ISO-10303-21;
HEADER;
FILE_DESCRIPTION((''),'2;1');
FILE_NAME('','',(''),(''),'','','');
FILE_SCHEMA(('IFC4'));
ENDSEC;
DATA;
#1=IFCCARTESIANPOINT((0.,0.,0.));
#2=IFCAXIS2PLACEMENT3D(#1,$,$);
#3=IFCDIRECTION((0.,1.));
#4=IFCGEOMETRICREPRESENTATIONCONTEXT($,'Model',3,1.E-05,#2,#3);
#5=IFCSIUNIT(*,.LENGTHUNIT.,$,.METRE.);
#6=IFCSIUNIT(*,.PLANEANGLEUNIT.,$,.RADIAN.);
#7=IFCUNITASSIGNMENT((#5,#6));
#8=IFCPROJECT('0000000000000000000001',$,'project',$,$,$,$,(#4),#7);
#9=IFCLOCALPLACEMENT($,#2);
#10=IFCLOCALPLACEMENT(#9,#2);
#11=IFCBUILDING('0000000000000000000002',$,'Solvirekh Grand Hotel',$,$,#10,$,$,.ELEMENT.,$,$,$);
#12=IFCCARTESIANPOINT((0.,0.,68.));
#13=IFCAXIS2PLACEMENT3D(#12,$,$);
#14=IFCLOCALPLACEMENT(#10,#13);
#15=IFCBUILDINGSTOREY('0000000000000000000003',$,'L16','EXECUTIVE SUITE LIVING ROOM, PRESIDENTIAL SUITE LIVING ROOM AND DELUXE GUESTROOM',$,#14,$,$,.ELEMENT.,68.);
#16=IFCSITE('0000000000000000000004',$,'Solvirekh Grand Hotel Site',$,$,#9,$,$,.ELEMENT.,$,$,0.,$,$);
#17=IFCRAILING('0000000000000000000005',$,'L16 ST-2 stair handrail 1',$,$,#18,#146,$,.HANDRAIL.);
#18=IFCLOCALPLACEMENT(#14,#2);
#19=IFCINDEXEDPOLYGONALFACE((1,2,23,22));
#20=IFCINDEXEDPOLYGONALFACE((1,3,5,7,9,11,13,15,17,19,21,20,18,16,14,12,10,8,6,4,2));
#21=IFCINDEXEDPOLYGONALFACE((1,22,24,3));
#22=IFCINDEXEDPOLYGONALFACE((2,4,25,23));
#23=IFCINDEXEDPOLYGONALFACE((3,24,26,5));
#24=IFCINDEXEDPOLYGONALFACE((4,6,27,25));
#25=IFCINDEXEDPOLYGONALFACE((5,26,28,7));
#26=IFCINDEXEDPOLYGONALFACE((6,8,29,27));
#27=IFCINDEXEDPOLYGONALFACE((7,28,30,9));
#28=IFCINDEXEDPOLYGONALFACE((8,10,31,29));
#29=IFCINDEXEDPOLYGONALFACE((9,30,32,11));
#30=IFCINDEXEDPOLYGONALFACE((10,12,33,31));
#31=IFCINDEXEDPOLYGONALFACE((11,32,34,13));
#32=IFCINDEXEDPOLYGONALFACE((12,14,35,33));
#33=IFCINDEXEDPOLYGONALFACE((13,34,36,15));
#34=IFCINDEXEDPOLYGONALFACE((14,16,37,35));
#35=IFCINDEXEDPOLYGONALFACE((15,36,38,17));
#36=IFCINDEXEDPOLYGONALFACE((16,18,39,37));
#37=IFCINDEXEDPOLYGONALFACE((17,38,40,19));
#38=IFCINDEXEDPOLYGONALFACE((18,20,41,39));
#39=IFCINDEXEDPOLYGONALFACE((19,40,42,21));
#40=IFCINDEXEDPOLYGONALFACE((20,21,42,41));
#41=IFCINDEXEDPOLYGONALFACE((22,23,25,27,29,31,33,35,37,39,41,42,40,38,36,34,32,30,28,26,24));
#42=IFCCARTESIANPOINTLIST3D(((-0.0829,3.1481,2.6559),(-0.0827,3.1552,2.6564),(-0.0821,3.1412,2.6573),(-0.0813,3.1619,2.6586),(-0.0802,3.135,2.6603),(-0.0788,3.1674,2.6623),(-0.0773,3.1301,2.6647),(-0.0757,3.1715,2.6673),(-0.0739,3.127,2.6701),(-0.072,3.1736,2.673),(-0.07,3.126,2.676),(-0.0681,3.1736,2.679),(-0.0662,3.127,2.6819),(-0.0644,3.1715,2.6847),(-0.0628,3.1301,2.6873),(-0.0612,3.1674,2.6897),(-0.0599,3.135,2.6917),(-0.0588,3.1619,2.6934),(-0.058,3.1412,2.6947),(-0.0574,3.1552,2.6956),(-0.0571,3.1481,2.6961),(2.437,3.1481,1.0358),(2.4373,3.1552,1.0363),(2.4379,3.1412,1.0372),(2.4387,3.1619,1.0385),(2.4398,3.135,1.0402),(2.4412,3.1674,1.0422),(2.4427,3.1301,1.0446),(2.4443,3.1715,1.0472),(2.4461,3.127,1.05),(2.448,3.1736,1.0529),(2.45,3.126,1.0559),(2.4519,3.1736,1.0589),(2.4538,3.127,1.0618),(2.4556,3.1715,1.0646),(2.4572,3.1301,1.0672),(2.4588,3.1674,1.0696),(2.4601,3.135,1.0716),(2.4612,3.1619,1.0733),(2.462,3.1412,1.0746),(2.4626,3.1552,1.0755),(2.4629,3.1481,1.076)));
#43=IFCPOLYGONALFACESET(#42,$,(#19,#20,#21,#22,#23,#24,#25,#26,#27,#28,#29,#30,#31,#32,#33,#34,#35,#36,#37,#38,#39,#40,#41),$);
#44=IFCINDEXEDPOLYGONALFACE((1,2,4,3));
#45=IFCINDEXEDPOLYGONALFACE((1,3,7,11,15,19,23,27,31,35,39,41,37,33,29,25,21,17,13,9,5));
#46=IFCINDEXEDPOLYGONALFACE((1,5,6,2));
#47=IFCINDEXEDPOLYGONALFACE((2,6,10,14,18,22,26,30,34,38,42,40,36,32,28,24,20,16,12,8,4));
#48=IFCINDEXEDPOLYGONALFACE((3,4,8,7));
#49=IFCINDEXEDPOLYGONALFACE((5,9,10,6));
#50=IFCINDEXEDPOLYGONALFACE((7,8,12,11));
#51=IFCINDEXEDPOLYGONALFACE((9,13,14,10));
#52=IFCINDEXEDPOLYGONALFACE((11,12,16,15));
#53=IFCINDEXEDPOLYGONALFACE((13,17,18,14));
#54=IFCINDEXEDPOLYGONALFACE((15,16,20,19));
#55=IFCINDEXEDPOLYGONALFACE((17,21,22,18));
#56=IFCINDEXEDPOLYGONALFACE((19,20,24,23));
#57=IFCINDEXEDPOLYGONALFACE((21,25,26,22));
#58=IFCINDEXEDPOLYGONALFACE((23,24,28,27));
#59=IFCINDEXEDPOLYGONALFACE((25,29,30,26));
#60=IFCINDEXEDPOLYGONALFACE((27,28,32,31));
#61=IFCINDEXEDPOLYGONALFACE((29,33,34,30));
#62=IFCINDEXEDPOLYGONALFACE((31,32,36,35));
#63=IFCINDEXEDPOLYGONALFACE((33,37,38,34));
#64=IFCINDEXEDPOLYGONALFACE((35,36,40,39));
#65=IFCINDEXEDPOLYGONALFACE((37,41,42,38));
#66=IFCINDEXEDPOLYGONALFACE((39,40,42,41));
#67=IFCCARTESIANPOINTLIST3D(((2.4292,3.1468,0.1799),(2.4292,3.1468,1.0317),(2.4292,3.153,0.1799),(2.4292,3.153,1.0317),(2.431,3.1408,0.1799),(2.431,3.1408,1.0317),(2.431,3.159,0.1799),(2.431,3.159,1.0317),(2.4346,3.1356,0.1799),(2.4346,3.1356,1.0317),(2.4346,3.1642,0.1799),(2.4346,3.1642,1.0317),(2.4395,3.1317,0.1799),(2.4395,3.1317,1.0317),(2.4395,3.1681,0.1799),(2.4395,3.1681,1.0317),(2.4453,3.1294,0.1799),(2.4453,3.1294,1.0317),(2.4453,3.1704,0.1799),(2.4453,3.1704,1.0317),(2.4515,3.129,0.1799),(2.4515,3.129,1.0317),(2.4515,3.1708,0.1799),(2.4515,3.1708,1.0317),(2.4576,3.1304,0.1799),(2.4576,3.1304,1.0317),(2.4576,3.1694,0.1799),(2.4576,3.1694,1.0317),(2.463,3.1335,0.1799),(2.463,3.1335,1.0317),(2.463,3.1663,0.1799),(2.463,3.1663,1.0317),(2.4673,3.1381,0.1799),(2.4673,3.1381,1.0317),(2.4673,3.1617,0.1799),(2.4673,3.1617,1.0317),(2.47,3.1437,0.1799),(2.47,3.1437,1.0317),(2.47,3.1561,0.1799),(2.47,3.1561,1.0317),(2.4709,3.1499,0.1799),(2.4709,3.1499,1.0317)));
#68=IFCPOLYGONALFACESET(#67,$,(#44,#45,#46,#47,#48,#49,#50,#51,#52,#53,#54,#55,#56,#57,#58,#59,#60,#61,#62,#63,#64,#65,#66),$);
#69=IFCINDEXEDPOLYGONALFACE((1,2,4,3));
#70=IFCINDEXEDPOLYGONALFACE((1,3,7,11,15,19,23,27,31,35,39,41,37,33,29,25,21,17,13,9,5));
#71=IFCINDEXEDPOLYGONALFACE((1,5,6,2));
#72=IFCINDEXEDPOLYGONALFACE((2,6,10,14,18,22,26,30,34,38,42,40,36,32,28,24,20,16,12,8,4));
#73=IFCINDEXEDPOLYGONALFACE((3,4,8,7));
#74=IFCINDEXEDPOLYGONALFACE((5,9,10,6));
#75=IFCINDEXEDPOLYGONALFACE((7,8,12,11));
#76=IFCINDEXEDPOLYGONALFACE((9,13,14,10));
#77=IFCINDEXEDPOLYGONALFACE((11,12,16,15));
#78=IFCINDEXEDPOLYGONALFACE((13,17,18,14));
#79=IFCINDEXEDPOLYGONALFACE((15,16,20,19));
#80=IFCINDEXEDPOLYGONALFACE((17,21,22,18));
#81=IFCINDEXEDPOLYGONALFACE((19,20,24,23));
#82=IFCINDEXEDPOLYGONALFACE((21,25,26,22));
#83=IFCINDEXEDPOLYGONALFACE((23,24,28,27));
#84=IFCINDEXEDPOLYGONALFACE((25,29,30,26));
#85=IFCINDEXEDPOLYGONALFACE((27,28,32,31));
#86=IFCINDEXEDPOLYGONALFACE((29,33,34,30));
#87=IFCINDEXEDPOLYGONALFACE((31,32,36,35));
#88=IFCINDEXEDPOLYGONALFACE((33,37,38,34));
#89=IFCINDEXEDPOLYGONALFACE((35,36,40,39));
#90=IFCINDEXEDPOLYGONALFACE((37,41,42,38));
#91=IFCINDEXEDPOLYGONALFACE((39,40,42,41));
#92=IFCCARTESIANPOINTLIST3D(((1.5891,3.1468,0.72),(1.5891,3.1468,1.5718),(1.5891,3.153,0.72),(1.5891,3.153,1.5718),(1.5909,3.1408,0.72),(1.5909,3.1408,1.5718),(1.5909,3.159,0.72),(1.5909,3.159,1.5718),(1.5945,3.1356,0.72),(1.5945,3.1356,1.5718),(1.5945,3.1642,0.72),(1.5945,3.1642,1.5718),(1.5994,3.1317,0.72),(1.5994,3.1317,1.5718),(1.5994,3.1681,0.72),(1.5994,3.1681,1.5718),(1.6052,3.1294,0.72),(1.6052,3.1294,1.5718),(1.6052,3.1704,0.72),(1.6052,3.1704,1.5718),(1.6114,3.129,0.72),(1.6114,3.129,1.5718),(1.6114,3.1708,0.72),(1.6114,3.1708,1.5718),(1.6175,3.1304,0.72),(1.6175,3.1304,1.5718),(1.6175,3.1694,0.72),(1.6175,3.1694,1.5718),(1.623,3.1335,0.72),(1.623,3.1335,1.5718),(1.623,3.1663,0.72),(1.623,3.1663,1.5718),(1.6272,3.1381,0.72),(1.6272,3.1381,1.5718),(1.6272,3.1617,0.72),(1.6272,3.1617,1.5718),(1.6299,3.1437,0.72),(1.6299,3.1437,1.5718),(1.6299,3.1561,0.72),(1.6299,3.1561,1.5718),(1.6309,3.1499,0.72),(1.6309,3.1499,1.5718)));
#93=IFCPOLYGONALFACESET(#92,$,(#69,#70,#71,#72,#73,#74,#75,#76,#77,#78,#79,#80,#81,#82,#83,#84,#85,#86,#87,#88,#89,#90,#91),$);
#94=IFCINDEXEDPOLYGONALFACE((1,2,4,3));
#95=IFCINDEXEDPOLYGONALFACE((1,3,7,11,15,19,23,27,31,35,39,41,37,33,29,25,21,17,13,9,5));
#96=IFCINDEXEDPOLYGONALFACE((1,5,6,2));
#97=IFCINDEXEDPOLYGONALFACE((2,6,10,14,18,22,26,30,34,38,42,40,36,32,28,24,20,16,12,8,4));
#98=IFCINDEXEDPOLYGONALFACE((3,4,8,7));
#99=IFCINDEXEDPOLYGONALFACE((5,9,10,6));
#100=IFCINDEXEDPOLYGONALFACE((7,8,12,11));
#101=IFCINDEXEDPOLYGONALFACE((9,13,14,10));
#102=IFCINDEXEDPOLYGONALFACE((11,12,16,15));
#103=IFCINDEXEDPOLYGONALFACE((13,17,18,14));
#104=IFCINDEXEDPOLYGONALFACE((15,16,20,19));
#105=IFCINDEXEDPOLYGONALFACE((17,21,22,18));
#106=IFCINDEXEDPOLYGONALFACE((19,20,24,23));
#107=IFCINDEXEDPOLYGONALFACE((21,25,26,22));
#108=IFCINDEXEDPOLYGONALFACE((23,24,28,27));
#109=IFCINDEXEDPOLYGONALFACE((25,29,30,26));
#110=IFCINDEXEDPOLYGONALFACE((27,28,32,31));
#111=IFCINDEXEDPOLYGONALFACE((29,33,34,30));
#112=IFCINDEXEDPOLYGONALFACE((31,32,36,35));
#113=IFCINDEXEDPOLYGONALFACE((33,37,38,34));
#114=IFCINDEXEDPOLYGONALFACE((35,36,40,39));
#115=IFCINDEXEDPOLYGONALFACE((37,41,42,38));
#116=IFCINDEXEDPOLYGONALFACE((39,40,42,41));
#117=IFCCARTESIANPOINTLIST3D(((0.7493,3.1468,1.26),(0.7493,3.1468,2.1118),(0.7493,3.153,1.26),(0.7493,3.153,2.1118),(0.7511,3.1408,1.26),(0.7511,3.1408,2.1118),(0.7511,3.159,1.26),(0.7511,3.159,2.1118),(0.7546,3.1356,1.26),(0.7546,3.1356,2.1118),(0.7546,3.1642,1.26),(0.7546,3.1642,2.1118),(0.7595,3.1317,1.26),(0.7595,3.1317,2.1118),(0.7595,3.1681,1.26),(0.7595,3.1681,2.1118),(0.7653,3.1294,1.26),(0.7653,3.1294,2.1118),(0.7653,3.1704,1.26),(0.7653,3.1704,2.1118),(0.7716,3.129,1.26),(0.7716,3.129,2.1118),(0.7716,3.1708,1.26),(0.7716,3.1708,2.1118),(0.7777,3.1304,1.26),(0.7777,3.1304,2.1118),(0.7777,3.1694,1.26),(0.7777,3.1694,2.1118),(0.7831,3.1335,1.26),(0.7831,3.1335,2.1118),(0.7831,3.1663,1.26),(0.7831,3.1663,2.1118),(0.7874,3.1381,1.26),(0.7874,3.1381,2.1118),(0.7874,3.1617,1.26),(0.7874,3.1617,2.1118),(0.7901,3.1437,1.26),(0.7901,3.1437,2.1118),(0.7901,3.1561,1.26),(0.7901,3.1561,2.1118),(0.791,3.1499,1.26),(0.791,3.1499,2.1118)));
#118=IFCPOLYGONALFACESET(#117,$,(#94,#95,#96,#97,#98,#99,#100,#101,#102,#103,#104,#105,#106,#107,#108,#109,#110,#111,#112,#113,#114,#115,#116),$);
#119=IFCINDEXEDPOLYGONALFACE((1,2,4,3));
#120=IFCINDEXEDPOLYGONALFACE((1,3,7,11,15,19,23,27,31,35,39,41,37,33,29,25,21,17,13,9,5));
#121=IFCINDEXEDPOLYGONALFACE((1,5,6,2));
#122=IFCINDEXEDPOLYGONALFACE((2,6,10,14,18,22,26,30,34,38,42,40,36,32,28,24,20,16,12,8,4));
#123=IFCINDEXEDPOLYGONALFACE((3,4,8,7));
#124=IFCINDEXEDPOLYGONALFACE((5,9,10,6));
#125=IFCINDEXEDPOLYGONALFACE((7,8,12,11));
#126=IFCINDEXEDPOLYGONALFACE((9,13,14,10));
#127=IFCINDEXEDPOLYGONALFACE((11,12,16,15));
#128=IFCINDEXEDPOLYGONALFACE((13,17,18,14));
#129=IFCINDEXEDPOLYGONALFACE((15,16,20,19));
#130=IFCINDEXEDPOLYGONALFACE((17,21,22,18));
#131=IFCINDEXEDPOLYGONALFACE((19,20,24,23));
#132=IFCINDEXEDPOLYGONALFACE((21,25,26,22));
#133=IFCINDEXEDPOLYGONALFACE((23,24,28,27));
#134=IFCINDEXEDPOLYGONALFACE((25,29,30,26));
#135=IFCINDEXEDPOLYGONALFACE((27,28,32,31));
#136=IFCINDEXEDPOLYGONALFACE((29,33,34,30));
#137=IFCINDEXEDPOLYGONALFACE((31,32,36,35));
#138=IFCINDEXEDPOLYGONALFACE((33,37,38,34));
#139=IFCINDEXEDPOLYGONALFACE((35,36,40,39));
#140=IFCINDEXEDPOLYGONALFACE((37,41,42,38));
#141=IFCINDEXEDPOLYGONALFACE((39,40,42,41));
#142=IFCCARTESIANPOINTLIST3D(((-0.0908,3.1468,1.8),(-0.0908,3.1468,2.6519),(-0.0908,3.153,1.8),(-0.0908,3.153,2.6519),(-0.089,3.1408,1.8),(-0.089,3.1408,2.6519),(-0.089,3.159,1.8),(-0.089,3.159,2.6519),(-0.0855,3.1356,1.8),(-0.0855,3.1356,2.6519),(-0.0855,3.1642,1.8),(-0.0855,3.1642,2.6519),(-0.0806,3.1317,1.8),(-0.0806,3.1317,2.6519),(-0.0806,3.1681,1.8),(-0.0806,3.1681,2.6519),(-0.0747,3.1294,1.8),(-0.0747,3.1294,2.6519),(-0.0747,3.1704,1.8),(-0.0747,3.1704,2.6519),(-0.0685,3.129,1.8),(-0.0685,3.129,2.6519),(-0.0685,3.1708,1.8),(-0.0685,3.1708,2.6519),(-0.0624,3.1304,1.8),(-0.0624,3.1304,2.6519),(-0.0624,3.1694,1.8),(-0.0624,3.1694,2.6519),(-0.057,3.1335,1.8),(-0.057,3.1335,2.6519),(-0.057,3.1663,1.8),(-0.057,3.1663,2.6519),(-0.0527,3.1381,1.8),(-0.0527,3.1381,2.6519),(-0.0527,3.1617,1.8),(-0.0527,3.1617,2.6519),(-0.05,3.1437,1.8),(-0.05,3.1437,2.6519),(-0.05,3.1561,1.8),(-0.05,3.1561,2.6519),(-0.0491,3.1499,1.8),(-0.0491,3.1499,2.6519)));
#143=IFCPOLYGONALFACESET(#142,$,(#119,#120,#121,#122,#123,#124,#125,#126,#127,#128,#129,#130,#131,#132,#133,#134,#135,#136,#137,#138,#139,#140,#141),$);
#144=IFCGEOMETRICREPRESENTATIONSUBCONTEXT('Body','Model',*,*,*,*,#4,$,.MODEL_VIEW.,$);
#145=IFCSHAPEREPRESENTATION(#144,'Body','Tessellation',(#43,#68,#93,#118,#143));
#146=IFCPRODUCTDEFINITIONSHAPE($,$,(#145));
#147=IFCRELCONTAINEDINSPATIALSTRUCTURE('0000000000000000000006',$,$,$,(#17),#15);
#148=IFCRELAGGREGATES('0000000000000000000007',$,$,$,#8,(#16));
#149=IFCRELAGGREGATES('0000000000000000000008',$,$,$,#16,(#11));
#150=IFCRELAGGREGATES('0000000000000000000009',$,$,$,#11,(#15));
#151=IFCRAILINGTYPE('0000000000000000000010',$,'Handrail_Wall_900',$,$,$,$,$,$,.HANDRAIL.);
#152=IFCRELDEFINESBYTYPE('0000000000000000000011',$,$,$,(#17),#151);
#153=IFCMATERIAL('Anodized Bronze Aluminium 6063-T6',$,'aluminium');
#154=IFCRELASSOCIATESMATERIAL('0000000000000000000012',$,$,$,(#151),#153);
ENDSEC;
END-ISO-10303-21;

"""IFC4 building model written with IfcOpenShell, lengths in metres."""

from ifc_helpers import new_model, si_unit, direction, frame, origin, origin_2d, place, context, subcontext, project, spatial, circle, extrude, material, type_object, element, save


model = new_model("IFC4")

# Units and contexts
model_context = context("Model", 3, precision=1e-05, world=origin(), true_north=direction((0.0, 1.0)))
body_context = subcontext(model_context, "Body", "Model", "MODEL_VIEW")
ifc_project = project(units=[si_unit("LENGTHUNIT", "METRE"), si_unit("PLANEANGLEUNIT", "RADIAN")], contexts=[model_context])

# Site, building, storey
site_placement = place(None, origin())
site = spatial("IfcSite", under=ifc_project, at=site_placement, Name="Solvirekh Grand Hotel Site", CompositionType="ELEMENT", RefElevation=0.0)
building_placement = place(site_placement, origin())
building = spatial("IfcBuilding", under=site, at=building_placement, Name="Solvirekh Grand Hotel", CompositionType="ELEMENT")
storey_placement = place(building_placement, frame((0.0, 0.0, 68.0)))
storey = spatial("IfcBuildingStorey", under=building, at=storey_placement, Name="L16", Description="EXECUTIVE SUITE LIVING ROOM, PRESIDENTIAL SUITE LIVING ROOM AND DELUXE GUESTROOM", CompositionType="ELEMENT", Elevation=68.0)

# Shared definitions
ifc_material_1 = material(Name="Anodized Bronze Aluminium 6063-T6", Category="aluminium")

# Railing
railing_type_1 = type_object("IfcRailingType", Name="Handrail_Wall_900", PredefinedType="HANDRAIL", material=ifc_material_1)
railing_1_placement = place(storey_placement, frame((2.45, 3.1499, 0.1799)))
element("IfcRailing", 1, at=railing_1_placement, inside=storey, type_object=railing_type_1, Name="L16 ST-2 stair handrail 1", PredefinedType="HANDRAIL", context=body_context, shape_type="SweptSolid", body=[
    extrude(circle(Radius=0.0239, at=origin_2d()), frame((0.0, 0.0, 0.876), z_axis=(-0.841163, 0.0, 0.540782), x_axis=(0.0, -1.0, 0.0)), (0.0, 0.0, 1.0), 2.9958),
    extrude(circle(Radius=0.021, at=origin_2d()), origin(), (0.0, 0.0, 1.0), 0.8518),
    extrude(circle(Radius=0.021, at=origin_2d()), frame((-0.8401, 0.0, 0.54)), (0.0, 0.0, 1.0), 0.8518),
    extrude(circle(Radius=0.021, at=origin_2d()), frame((-1.6799, 0.0, 1.0801)), (0.0, 0.0, 1.0), 0.8518),
    extrude(circle(Radius=0.021, at=origin_2d()), frame((-2.52, 0.0, 1.6201)), (0.0, 0.0, 1.0), 0.8518),
])

save(model, "model.ifc")
